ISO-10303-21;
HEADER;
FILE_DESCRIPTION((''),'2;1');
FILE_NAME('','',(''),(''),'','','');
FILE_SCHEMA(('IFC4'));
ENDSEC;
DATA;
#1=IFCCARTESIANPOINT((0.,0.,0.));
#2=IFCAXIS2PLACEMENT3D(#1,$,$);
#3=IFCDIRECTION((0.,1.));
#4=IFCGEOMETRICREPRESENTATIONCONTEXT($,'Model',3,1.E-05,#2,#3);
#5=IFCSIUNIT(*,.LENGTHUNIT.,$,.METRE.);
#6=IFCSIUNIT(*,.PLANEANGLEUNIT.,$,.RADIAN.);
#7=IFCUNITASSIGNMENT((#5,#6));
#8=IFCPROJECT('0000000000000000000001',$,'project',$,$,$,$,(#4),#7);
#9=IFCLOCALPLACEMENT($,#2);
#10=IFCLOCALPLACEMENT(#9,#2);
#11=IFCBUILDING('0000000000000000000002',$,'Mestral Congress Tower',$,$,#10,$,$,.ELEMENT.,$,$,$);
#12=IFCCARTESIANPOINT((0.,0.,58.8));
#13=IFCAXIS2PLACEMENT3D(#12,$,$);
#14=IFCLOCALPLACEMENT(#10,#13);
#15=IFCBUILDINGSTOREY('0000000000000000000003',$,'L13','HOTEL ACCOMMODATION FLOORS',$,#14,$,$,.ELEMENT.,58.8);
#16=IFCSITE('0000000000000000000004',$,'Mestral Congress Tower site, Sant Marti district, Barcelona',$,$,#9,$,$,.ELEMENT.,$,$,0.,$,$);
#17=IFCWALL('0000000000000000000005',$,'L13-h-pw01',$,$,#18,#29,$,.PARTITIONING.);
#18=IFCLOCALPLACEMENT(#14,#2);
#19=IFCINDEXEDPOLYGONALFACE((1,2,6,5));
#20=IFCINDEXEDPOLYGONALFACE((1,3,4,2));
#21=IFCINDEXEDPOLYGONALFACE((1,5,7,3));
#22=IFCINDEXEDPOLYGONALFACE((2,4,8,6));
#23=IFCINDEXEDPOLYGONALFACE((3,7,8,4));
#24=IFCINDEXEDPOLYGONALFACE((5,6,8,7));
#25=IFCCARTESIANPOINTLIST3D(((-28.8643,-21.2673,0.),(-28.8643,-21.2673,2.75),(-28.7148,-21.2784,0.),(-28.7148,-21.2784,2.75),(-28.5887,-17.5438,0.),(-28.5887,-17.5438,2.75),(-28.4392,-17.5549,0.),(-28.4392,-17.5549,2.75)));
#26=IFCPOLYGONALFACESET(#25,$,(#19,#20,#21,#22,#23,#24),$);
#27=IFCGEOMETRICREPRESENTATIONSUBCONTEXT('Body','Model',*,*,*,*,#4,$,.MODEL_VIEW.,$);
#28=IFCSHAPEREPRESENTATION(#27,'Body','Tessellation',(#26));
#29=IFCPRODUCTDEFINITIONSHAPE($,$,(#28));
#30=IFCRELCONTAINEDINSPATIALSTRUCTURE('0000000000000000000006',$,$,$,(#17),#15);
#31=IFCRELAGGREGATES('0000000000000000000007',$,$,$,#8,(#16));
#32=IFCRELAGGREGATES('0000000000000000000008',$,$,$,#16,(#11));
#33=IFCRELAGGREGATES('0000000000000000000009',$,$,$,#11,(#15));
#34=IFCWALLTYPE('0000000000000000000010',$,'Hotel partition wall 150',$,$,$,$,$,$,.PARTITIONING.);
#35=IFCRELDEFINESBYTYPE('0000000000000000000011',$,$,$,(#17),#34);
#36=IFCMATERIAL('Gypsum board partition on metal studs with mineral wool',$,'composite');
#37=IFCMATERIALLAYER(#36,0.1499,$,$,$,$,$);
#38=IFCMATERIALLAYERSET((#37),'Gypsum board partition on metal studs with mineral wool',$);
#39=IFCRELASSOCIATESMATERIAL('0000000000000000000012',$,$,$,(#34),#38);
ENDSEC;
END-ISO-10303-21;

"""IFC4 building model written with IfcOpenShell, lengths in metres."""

from ifc_helpers import new_model, si_unit, direction, frame, frame_2d, origin, place, context, subcontext, project, spatial, rectangle, extrude, material, layer, layer_set, type_object, element, save


model = new_model("IFC4")

# Units and contexts
model_context = context("Model", 3, precision=1e-05, world=origin(), true_north=direction((0.0, 1.0)))
body_context = subcontext(model_context, "Body", "Model", "MODEL_VIEW")
ifc_project = project(units=[si_unit("LENGTHUNIT", "METRE"), si_unit("PLANEANGLEUNIT", "RADIAN")], contexts=[model_context])

# Site, building, storey
site_placement = place(None, origin())
site = spatial("IfcSite", under=ifc_project, at=site_placement, Name="Mestral Congress Tower site, Sant Marti district, Barcelona", CompositionType="ELEMENT", RefElevation=0.0)
building_placement = place(site_placement, origin())
building = spatial("IfcBuilding", under=site, at=building_placement, Name="Mestral Congress Tower", CompositionType="ELEMENT")
storey_placement = place(building_placement, frame((0.0, 0.0, 58.8)))
storey = spatial("IfcBuildingStorey", under=building, at=storey_placement, Name="L13", Description="HOTEL ACCOMMODATION FLOORS", CompositionType="ELEMENT", Elevation=58.8)

# Shared definitions
ifc_material_1 = material(Name="Gypsum board partition on metal studs with mineral wool", Category="composite")

# Shared definitions
ifc_layer_1 = layer(ifc_material_1, 0.1499)
ifc_layer_set_1 = layer_set([ifc_layer_1], Name="Gypsum board partition on metal studs with mineral wool")
wall_type_1 = type_object("IfcWallType", Name="Hotel partition wall 150", PredefinedType="PARTITIONING", material=ifc_layer_set_1)

# Wall
wall_1_placement = place(storey_placement, frame((-28.7896, -21.2727, 0.0), z_axis=(0.0, 0.0, 1.0), x_axis=(0.073826, 0.997271, 0.0)))
element("IfcWall", 1, at=wall_1_placement, inside=storey, type_object=wall_type_1, Name="L13-h-pw01", PredefinedType="PARTITIONING", context=body_context, shape_type="SweptSolid", body=[
    extrude(rectangle(XDim=3.7336, YDim=0.1499, at=frame_2d((1.8667, 0.0))), origin(), (0.0, 0.0, 1.0), 2.75),
])

save(model, "model.ifc")
